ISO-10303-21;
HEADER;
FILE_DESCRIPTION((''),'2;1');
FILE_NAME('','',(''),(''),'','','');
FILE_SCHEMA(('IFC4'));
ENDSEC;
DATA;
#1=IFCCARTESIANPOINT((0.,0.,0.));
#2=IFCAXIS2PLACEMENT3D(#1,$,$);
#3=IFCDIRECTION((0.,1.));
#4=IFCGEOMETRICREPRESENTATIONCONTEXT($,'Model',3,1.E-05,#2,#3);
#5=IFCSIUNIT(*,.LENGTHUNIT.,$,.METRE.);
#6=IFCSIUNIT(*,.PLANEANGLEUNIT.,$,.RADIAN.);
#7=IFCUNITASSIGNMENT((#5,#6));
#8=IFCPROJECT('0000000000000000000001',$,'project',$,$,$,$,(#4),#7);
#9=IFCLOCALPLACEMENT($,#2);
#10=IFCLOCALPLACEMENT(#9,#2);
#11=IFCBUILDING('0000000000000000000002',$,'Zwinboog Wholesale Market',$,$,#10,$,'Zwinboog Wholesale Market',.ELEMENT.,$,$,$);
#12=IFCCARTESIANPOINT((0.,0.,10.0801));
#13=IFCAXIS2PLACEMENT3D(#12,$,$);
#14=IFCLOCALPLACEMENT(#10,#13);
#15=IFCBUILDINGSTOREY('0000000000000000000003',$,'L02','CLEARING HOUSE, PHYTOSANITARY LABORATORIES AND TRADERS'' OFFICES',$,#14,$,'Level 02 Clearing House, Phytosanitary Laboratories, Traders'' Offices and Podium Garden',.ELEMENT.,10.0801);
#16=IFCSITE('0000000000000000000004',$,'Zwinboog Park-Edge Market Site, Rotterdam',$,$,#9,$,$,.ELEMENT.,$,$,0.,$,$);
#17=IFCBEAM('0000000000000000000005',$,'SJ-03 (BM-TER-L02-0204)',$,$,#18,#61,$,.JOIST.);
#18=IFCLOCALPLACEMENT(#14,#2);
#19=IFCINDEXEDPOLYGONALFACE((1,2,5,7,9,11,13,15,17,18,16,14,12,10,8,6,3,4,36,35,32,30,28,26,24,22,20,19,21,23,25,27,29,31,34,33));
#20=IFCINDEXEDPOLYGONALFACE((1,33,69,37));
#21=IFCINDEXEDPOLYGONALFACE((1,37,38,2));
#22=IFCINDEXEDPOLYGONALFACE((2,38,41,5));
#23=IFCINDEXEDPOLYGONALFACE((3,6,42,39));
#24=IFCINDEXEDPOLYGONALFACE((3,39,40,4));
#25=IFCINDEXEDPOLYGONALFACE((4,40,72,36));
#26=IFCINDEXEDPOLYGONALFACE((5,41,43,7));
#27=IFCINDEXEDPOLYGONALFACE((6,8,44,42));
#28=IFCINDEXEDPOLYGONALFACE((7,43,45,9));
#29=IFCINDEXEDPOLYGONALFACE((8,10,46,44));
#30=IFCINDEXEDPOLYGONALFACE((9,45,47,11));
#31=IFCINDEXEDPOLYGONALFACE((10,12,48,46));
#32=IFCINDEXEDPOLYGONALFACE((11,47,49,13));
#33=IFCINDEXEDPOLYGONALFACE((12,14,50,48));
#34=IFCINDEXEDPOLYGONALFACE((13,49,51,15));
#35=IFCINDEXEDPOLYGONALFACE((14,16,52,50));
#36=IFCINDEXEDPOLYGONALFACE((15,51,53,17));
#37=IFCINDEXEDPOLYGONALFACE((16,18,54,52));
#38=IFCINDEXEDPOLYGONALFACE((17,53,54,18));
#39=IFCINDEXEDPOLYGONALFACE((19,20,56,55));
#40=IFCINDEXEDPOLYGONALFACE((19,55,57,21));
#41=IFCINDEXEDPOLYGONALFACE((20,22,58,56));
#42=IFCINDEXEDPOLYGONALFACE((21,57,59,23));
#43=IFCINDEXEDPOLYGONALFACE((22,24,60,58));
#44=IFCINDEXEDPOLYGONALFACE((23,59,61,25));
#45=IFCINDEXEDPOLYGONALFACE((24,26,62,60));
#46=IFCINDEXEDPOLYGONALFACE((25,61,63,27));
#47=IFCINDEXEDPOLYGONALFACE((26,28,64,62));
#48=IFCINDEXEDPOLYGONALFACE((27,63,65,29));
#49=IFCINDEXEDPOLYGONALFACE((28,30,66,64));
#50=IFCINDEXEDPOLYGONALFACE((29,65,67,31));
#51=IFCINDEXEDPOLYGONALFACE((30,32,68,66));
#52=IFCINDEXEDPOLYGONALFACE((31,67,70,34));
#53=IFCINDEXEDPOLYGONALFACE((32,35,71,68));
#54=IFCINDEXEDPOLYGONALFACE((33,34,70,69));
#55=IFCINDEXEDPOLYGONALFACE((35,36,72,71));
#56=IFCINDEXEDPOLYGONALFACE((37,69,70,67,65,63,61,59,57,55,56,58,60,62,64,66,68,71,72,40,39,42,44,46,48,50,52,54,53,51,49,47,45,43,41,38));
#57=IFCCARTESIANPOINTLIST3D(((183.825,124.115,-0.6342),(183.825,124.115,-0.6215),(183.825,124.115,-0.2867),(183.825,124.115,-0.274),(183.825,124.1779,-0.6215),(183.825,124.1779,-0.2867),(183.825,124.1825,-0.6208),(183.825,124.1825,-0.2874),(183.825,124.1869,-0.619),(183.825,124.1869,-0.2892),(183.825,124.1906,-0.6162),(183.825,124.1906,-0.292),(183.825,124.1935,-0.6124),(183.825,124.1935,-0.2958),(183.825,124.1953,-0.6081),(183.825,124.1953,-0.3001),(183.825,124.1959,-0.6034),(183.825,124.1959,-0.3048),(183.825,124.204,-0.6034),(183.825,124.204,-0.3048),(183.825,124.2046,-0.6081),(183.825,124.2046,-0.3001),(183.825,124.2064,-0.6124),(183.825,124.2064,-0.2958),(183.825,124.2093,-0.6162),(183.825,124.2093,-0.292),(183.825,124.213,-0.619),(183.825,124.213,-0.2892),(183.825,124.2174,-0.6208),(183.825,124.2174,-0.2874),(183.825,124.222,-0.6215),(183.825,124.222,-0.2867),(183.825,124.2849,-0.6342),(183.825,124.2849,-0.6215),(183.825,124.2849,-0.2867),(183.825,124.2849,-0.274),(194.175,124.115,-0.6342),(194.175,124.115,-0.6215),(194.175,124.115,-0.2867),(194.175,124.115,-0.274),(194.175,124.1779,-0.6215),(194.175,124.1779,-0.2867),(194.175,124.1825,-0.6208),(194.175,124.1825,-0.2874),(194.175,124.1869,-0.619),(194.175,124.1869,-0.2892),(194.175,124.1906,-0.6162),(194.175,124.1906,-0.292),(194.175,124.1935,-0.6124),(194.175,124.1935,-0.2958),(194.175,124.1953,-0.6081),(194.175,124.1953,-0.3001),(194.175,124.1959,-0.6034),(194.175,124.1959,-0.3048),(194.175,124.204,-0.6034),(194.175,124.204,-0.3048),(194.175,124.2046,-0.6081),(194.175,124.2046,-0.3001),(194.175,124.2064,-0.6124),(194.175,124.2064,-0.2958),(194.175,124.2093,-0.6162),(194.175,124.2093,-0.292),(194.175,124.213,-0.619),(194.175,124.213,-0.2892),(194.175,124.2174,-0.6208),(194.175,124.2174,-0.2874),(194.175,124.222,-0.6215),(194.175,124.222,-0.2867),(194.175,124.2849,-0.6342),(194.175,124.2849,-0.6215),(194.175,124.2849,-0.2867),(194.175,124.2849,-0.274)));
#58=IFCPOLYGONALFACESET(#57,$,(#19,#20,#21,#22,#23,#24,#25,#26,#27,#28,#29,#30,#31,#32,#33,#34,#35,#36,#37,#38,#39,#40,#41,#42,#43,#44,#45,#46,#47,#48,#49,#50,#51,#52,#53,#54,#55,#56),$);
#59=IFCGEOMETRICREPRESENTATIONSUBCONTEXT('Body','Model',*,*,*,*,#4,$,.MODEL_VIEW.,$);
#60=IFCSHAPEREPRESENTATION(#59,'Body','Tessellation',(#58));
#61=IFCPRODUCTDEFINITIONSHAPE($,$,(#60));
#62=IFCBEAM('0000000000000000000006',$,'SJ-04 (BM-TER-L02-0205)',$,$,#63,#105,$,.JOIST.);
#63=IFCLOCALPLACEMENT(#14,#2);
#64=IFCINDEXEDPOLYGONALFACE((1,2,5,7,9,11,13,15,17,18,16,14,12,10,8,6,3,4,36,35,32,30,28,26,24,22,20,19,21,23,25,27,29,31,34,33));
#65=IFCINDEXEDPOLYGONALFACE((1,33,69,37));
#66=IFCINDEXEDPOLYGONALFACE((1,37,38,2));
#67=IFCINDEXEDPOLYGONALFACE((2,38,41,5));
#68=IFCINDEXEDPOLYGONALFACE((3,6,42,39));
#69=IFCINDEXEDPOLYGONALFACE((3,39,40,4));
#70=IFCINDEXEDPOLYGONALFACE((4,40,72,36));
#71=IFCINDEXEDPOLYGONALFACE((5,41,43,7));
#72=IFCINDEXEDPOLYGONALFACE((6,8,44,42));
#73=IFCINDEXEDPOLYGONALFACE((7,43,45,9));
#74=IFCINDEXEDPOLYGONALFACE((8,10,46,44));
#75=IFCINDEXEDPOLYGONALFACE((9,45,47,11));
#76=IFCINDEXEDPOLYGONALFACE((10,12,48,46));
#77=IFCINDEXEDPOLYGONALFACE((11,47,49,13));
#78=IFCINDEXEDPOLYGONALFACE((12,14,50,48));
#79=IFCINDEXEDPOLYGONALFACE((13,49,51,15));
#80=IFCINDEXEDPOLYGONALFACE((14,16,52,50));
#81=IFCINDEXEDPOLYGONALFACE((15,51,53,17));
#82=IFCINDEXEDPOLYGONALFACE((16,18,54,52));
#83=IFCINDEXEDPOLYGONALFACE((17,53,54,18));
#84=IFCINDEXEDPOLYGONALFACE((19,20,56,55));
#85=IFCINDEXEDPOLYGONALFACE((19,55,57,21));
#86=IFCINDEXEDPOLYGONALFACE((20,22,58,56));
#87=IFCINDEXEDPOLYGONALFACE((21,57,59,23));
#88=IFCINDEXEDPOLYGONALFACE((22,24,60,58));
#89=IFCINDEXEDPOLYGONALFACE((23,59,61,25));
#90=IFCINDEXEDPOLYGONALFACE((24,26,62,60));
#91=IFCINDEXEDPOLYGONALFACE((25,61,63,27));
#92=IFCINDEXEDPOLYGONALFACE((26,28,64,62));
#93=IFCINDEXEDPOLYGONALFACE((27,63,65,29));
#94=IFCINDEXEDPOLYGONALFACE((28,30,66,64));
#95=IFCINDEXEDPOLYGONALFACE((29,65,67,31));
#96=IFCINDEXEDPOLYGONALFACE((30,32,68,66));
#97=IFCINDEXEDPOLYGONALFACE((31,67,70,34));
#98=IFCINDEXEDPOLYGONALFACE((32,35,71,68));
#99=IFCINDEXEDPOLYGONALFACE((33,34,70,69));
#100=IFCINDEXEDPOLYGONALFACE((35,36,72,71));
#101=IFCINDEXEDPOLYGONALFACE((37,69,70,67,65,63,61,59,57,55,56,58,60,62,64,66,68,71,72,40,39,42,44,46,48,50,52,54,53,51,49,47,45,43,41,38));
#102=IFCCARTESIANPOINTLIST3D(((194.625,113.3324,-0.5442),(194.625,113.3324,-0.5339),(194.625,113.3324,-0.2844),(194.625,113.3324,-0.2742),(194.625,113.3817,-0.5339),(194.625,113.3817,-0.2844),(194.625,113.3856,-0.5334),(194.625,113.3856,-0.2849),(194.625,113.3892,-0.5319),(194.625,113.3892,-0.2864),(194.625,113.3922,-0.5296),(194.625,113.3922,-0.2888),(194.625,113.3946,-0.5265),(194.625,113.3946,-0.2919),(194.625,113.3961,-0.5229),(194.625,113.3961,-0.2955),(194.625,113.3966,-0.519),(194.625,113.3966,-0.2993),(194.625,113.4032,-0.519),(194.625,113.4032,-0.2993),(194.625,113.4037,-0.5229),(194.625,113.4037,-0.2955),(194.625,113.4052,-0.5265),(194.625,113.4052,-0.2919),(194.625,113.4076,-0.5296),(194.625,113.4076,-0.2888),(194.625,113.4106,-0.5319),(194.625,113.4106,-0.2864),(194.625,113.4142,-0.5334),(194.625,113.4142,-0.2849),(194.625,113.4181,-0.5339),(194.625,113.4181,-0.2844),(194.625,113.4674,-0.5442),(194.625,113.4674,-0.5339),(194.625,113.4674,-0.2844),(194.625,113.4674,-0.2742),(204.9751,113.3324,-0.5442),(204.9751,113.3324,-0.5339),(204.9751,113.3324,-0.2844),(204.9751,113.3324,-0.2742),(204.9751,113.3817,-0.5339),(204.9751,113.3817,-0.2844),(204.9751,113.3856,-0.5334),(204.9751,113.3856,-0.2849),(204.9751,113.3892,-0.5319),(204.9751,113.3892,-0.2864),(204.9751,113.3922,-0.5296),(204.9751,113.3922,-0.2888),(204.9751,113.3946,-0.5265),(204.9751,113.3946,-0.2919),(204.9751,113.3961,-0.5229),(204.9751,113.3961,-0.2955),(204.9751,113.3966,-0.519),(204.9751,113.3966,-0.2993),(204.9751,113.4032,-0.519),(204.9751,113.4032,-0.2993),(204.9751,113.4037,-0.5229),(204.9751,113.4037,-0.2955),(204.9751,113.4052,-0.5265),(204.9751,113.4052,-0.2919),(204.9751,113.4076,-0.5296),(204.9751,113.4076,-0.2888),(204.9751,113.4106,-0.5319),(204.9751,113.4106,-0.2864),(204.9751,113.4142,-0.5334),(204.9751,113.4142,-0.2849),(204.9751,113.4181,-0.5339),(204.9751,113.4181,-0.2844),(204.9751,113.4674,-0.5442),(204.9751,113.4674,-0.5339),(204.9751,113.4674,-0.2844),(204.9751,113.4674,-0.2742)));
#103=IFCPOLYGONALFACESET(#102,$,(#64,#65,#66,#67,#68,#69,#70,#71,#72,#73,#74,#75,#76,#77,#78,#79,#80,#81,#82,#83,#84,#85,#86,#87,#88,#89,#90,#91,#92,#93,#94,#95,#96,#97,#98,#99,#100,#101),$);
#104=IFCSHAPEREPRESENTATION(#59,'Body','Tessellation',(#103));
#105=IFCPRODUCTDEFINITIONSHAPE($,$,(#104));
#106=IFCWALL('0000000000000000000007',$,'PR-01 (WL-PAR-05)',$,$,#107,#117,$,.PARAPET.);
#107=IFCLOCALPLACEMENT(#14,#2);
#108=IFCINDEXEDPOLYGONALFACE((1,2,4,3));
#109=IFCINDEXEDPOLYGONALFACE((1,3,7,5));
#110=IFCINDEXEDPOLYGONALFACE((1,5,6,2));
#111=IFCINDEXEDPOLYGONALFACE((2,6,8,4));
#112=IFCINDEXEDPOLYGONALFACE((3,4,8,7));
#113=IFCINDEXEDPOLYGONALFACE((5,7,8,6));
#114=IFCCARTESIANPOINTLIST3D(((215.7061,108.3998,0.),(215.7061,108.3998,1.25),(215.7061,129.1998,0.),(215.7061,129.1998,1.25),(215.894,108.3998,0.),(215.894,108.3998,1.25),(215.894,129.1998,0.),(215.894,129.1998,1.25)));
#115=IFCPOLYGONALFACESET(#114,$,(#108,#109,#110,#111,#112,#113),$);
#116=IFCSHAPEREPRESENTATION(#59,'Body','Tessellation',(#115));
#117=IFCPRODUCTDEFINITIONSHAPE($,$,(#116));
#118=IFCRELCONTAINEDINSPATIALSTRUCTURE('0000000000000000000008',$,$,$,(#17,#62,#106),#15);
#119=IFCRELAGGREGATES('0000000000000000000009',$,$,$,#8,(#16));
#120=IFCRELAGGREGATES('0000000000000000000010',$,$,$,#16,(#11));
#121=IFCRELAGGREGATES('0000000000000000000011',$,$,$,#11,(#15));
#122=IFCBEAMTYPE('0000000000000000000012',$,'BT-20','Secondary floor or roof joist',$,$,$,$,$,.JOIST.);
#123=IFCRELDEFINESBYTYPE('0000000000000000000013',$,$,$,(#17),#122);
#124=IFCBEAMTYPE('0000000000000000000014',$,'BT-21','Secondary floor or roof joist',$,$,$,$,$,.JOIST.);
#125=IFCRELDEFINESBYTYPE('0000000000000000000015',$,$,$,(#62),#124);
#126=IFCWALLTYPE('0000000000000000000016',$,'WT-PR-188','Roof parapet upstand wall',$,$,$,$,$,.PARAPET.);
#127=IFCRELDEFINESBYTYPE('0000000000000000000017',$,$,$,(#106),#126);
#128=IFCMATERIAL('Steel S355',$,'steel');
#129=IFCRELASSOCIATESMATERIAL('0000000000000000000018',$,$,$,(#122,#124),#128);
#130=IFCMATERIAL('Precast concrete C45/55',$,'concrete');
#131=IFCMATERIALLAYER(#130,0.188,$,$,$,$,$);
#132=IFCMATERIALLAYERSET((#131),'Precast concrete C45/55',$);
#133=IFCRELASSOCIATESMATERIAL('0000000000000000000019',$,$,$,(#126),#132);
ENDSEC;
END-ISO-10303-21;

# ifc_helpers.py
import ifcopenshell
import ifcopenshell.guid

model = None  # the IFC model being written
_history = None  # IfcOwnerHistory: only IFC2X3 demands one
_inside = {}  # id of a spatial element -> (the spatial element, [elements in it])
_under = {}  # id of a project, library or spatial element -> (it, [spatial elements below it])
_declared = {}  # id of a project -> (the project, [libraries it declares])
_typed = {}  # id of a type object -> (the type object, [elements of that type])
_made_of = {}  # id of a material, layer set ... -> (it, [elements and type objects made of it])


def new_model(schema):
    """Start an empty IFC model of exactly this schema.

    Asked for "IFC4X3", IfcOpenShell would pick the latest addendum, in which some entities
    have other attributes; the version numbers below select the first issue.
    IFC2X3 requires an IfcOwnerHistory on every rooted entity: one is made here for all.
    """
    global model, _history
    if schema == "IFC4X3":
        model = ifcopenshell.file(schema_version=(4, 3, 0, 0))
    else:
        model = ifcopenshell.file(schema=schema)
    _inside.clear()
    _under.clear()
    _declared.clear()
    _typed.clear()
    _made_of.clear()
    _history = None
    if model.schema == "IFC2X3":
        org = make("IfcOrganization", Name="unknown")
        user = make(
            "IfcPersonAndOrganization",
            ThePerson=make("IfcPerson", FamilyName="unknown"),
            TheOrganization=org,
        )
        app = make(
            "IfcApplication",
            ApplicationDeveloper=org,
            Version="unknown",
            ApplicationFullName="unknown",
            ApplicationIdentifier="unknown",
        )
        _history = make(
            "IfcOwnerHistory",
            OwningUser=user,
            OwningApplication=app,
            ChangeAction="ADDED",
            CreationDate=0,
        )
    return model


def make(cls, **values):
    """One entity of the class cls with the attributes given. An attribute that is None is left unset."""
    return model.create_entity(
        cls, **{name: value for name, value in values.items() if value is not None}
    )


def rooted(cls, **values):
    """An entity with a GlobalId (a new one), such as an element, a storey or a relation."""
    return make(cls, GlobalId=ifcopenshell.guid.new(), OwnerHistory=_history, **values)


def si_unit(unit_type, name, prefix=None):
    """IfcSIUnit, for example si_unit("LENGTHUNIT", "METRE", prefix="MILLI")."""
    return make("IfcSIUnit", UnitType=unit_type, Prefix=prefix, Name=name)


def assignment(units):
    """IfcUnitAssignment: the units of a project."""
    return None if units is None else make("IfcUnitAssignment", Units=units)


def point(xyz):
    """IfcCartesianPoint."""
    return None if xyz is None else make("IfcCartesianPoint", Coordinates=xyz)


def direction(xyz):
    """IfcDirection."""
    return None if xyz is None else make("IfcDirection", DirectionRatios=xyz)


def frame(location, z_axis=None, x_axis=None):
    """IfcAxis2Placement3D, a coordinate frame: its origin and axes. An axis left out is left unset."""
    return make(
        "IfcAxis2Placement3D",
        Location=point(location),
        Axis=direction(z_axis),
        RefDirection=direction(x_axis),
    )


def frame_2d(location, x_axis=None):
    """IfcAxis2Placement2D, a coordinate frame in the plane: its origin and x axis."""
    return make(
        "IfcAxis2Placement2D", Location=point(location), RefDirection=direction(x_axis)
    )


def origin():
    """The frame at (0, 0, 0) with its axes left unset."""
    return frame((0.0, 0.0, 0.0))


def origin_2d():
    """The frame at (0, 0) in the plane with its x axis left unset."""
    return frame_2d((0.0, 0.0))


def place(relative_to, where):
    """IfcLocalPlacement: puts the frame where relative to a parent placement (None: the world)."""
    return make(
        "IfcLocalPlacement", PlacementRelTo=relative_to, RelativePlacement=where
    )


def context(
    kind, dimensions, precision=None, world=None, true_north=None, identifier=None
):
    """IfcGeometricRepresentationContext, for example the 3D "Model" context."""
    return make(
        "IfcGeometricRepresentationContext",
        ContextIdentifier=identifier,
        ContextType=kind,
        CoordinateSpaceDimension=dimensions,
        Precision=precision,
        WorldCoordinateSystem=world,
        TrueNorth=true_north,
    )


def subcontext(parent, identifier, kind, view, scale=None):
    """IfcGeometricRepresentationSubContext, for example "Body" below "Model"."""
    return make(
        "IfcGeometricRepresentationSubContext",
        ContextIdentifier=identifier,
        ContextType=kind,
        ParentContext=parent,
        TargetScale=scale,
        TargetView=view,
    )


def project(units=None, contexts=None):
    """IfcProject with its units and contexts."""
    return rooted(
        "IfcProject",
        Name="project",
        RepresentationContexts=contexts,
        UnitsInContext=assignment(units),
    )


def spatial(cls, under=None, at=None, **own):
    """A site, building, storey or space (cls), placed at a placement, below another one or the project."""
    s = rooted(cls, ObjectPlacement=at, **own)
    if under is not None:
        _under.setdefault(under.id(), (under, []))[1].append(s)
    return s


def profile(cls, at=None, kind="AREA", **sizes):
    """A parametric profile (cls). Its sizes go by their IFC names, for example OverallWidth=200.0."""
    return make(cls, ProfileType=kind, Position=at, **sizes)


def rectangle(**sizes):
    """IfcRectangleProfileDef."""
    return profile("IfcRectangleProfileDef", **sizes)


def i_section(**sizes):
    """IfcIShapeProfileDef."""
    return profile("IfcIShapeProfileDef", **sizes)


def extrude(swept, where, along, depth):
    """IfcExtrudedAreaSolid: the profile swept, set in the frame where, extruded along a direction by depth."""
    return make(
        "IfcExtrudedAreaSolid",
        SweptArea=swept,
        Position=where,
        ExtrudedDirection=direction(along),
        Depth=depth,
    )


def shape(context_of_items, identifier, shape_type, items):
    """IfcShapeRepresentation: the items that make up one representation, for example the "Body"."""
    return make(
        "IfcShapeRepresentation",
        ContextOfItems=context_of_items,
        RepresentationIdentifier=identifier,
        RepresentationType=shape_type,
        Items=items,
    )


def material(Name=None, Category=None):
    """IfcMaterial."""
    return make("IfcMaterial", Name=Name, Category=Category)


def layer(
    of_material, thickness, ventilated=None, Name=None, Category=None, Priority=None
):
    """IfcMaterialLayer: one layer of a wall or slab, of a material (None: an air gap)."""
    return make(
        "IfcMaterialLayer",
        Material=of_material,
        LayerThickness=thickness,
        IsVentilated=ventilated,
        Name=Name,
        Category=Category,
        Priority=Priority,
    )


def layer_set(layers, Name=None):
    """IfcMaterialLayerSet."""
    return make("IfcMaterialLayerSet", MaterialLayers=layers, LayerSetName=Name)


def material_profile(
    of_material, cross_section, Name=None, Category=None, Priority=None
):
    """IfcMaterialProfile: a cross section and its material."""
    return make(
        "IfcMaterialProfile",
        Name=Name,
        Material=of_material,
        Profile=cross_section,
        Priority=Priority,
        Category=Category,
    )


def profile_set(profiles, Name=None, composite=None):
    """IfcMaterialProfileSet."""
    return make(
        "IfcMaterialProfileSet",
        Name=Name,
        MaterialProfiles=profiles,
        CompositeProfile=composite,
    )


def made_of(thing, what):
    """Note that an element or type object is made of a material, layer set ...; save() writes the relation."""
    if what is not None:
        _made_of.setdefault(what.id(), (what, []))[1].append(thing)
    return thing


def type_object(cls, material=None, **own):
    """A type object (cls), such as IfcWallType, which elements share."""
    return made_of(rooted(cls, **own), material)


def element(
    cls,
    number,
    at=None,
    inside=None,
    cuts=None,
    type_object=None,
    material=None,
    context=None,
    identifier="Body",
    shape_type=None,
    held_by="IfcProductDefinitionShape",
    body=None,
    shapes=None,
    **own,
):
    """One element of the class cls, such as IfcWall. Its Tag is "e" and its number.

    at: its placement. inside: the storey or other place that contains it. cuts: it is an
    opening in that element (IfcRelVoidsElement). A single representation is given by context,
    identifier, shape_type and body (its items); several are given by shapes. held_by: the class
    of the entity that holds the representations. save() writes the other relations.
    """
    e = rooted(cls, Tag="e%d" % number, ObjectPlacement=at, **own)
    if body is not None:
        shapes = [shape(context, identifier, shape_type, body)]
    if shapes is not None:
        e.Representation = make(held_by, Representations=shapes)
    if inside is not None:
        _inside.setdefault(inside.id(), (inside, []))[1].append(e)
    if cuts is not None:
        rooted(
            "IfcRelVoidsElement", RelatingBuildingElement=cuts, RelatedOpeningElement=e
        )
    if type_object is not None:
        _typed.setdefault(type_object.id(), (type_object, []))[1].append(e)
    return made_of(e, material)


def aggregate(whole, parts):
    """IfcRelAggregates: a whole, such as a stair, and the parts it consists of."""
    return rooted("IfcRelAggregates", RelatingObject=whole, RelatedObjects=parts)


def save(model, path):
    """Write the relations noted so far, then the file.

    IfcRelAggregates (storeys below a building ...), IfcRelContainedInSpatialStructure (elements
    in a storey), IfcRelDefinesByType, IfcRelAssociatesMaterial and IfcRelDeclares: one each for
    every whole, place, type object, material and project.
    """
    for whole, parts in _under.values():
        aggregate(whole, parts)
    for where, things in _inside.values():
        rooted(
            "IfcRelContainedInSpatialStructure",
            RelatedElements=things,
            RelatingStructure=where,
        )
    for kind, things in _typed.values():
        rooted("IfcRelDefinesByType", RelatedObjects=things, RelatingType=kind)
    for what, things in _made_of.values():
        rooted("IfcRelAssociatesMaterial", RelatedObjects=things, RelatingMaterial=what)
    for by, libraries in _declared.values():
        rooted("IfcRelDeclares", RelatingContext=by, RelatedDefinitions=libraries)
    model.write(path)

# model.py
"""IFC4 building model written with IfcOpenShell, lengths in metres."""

from ifc_helpers import new_model, si_unit, direction, frame, frame_2d, origin, origin_2d, place, context, subcontext, project, spatial, rectangle, i_section, extrude, material, layer, layer_set, material_profile, profile_set, type_object, element, save


model = new_model("IFC4")

# Units and contexts
model_context = context("Model", 3, precision=1e-05, world=origin(), true_north=direction((0.0, 1.0)))
body_context = subcontext(model_context, "Body", "Model", "MODEL_VIEW")
ifc_project = project(units=[si_unit("LENGTHUNIT", "METRE"), si_unit("PLANEANGLEUNIT", "RADIAN")], contexts=[model_context])

# Site, building, storey
site_placement = place(None, origin())
site = spatial("IfcSite", under=ifc_project, at=site_placement, Name="Zwinboog Park-Edge Market Site, Rotterdam", CompositionType="ELEMENT", RefElevation=0.0)
building_placement = place(site_placement, origin())
building = spatial("IfcBuilding", under=site, at=building_placement, Name="Zwinboog Wholesale Market", LongName="Zwinboog Wholesale Market", CompositionType="ELEMENT")
storey_placement = place(building_placement, frame((0.0, 0.0, 10.0801)))
storey = spatial("IfcBuildingStorey", under=building, at=storey_placement, Name="L02", Description="CLEARING HOUSE, PHYTOSANITARY LABORATORIES AND TRADERS' OFFICES", LongName="Level 02 Clearing House, Phytosanitary Laboratories, Traders' Offices and Podium Garden", CompositionType="ELEMENT", Elevation=10.0801)

# Beams
ifc_material_1 = material(Name="Precast concrete C45/55", Category="concrete")
ifc_material_2 = material(Name="Steel S355", Category="steel")
ifc_material_profile_1 = material_profile(ifc_material_2, i_section(OverallWidth=0.1699, OverallDepth=0.3601, WebThickness=0.0081, FlangeThickness=0.0127, FilletRadius=0.0181, at=origin_2d()), Name="IPE 360")
ifc_profile_set_1 = profile_set([ifc_material_profile_1], Name="Steel S355")
beam_type_1 = type_object("IfcBeamType", Name="BT-20", Description="Secondary floor or roof joist", PredefinedType="JOIST", material=ifc_profile_set_1)
beam_1_placement = place(storey_placement, frame((183.825, 124.2, -0.4541), z_axis=(1.0, 0.0, 0.0), x_axis=(0.0, 1.0, 0.0)))
element("IfcBeam", 1, at=beam_1_placement, inside=storey, type_object=beam_type_1, Name="SJ-03 (BM-TER-L02-0204)", PredefinedType="JOIST", context=body_context, shape_type="SweptSolid", body=[
    extrude(i_section(OverallWidth=0.1699, OverallDepth=0.3601, WebThickness=0.0081, FlangeThickness=0.0127, FilletRadius=0.0181, at=origin_2d()), origin(), (0.0, 0.0, 1.0), 10.3501),
])
ifc_material_profile_2 = material_profile(ifc_material_2, i_section(OverallWidth=0.135, OverallDepth=0.27, WebThickness=0.0066, FlangeThickness=0.0103, FilletRadius=0.0149, at=origin_2d()), Name="IPE 270")
ifc_profile_set_2 = profile_set([ifc_material_profile_2], Name="Steel S355")
beam_type_2 = type_object("IfcBeamType", Name="BT-21", Description="Secondary floor or roof joist", PredefinedType="JOIST", material=ifc_profile_set_2)
beam_2_placement = place(storey_placement, frame((194.625, 113.3999, -0.4092), z_axis=(1.0, 0.0, 0.0), x_axis=(0.0, 1.0, 0.0)))
element("IfcBeam", 2, at=beam_2_placement, inside=storey, type_object=beam_type_2, Name="SJ-04 (BM-TER-L02-0205)", PredefinedType="JOIST", context=body_context, shape_type="SweptSolid", body=[
    extrude(i_section(OverallWidth=0.135, OverallDepth=0.27, WebThickness=0.0066, FlangeThickness=0.0103, FilletRadius=0.0149, at=origin_2d()), origin(), (0.0, 0.0, 1.0), 10.3501),
])

# Wall
ifc_layer = layer(ifc_material_1, 0.188)
ifc_layer_set = layer_set([ifc_layer], Name="Precast concrete C45/55")
wall_type = type_object("IfcWallType", Name="WT-PR-188", Description="Roof parapet upstand wall", PredefinedType="PARAPET", material=ifc_layer_set)
wall_placement = place(storey_placement, frame((215.8, 108.3999, 0.0), z_axis=(0.0, 0.0, 1.0), x_axis=(0.0, 1.0, 0.0)))
element("IfcWall", 3, at=wall_placement, inside=storey, type_object=wall_type, Name="PR-01 (WL-PAR-05)", PredefinedType="PARAPET", context=body_context, shape_type="SweptSolid", body=[
    extrude(rectangle(XDim=20.8, YDim=0.188, at=frame_2d((10.3999, 0.0))), origin(), (0.0, 0.0, 1.0), 1.25),
])

save(model, "model.ifc")
